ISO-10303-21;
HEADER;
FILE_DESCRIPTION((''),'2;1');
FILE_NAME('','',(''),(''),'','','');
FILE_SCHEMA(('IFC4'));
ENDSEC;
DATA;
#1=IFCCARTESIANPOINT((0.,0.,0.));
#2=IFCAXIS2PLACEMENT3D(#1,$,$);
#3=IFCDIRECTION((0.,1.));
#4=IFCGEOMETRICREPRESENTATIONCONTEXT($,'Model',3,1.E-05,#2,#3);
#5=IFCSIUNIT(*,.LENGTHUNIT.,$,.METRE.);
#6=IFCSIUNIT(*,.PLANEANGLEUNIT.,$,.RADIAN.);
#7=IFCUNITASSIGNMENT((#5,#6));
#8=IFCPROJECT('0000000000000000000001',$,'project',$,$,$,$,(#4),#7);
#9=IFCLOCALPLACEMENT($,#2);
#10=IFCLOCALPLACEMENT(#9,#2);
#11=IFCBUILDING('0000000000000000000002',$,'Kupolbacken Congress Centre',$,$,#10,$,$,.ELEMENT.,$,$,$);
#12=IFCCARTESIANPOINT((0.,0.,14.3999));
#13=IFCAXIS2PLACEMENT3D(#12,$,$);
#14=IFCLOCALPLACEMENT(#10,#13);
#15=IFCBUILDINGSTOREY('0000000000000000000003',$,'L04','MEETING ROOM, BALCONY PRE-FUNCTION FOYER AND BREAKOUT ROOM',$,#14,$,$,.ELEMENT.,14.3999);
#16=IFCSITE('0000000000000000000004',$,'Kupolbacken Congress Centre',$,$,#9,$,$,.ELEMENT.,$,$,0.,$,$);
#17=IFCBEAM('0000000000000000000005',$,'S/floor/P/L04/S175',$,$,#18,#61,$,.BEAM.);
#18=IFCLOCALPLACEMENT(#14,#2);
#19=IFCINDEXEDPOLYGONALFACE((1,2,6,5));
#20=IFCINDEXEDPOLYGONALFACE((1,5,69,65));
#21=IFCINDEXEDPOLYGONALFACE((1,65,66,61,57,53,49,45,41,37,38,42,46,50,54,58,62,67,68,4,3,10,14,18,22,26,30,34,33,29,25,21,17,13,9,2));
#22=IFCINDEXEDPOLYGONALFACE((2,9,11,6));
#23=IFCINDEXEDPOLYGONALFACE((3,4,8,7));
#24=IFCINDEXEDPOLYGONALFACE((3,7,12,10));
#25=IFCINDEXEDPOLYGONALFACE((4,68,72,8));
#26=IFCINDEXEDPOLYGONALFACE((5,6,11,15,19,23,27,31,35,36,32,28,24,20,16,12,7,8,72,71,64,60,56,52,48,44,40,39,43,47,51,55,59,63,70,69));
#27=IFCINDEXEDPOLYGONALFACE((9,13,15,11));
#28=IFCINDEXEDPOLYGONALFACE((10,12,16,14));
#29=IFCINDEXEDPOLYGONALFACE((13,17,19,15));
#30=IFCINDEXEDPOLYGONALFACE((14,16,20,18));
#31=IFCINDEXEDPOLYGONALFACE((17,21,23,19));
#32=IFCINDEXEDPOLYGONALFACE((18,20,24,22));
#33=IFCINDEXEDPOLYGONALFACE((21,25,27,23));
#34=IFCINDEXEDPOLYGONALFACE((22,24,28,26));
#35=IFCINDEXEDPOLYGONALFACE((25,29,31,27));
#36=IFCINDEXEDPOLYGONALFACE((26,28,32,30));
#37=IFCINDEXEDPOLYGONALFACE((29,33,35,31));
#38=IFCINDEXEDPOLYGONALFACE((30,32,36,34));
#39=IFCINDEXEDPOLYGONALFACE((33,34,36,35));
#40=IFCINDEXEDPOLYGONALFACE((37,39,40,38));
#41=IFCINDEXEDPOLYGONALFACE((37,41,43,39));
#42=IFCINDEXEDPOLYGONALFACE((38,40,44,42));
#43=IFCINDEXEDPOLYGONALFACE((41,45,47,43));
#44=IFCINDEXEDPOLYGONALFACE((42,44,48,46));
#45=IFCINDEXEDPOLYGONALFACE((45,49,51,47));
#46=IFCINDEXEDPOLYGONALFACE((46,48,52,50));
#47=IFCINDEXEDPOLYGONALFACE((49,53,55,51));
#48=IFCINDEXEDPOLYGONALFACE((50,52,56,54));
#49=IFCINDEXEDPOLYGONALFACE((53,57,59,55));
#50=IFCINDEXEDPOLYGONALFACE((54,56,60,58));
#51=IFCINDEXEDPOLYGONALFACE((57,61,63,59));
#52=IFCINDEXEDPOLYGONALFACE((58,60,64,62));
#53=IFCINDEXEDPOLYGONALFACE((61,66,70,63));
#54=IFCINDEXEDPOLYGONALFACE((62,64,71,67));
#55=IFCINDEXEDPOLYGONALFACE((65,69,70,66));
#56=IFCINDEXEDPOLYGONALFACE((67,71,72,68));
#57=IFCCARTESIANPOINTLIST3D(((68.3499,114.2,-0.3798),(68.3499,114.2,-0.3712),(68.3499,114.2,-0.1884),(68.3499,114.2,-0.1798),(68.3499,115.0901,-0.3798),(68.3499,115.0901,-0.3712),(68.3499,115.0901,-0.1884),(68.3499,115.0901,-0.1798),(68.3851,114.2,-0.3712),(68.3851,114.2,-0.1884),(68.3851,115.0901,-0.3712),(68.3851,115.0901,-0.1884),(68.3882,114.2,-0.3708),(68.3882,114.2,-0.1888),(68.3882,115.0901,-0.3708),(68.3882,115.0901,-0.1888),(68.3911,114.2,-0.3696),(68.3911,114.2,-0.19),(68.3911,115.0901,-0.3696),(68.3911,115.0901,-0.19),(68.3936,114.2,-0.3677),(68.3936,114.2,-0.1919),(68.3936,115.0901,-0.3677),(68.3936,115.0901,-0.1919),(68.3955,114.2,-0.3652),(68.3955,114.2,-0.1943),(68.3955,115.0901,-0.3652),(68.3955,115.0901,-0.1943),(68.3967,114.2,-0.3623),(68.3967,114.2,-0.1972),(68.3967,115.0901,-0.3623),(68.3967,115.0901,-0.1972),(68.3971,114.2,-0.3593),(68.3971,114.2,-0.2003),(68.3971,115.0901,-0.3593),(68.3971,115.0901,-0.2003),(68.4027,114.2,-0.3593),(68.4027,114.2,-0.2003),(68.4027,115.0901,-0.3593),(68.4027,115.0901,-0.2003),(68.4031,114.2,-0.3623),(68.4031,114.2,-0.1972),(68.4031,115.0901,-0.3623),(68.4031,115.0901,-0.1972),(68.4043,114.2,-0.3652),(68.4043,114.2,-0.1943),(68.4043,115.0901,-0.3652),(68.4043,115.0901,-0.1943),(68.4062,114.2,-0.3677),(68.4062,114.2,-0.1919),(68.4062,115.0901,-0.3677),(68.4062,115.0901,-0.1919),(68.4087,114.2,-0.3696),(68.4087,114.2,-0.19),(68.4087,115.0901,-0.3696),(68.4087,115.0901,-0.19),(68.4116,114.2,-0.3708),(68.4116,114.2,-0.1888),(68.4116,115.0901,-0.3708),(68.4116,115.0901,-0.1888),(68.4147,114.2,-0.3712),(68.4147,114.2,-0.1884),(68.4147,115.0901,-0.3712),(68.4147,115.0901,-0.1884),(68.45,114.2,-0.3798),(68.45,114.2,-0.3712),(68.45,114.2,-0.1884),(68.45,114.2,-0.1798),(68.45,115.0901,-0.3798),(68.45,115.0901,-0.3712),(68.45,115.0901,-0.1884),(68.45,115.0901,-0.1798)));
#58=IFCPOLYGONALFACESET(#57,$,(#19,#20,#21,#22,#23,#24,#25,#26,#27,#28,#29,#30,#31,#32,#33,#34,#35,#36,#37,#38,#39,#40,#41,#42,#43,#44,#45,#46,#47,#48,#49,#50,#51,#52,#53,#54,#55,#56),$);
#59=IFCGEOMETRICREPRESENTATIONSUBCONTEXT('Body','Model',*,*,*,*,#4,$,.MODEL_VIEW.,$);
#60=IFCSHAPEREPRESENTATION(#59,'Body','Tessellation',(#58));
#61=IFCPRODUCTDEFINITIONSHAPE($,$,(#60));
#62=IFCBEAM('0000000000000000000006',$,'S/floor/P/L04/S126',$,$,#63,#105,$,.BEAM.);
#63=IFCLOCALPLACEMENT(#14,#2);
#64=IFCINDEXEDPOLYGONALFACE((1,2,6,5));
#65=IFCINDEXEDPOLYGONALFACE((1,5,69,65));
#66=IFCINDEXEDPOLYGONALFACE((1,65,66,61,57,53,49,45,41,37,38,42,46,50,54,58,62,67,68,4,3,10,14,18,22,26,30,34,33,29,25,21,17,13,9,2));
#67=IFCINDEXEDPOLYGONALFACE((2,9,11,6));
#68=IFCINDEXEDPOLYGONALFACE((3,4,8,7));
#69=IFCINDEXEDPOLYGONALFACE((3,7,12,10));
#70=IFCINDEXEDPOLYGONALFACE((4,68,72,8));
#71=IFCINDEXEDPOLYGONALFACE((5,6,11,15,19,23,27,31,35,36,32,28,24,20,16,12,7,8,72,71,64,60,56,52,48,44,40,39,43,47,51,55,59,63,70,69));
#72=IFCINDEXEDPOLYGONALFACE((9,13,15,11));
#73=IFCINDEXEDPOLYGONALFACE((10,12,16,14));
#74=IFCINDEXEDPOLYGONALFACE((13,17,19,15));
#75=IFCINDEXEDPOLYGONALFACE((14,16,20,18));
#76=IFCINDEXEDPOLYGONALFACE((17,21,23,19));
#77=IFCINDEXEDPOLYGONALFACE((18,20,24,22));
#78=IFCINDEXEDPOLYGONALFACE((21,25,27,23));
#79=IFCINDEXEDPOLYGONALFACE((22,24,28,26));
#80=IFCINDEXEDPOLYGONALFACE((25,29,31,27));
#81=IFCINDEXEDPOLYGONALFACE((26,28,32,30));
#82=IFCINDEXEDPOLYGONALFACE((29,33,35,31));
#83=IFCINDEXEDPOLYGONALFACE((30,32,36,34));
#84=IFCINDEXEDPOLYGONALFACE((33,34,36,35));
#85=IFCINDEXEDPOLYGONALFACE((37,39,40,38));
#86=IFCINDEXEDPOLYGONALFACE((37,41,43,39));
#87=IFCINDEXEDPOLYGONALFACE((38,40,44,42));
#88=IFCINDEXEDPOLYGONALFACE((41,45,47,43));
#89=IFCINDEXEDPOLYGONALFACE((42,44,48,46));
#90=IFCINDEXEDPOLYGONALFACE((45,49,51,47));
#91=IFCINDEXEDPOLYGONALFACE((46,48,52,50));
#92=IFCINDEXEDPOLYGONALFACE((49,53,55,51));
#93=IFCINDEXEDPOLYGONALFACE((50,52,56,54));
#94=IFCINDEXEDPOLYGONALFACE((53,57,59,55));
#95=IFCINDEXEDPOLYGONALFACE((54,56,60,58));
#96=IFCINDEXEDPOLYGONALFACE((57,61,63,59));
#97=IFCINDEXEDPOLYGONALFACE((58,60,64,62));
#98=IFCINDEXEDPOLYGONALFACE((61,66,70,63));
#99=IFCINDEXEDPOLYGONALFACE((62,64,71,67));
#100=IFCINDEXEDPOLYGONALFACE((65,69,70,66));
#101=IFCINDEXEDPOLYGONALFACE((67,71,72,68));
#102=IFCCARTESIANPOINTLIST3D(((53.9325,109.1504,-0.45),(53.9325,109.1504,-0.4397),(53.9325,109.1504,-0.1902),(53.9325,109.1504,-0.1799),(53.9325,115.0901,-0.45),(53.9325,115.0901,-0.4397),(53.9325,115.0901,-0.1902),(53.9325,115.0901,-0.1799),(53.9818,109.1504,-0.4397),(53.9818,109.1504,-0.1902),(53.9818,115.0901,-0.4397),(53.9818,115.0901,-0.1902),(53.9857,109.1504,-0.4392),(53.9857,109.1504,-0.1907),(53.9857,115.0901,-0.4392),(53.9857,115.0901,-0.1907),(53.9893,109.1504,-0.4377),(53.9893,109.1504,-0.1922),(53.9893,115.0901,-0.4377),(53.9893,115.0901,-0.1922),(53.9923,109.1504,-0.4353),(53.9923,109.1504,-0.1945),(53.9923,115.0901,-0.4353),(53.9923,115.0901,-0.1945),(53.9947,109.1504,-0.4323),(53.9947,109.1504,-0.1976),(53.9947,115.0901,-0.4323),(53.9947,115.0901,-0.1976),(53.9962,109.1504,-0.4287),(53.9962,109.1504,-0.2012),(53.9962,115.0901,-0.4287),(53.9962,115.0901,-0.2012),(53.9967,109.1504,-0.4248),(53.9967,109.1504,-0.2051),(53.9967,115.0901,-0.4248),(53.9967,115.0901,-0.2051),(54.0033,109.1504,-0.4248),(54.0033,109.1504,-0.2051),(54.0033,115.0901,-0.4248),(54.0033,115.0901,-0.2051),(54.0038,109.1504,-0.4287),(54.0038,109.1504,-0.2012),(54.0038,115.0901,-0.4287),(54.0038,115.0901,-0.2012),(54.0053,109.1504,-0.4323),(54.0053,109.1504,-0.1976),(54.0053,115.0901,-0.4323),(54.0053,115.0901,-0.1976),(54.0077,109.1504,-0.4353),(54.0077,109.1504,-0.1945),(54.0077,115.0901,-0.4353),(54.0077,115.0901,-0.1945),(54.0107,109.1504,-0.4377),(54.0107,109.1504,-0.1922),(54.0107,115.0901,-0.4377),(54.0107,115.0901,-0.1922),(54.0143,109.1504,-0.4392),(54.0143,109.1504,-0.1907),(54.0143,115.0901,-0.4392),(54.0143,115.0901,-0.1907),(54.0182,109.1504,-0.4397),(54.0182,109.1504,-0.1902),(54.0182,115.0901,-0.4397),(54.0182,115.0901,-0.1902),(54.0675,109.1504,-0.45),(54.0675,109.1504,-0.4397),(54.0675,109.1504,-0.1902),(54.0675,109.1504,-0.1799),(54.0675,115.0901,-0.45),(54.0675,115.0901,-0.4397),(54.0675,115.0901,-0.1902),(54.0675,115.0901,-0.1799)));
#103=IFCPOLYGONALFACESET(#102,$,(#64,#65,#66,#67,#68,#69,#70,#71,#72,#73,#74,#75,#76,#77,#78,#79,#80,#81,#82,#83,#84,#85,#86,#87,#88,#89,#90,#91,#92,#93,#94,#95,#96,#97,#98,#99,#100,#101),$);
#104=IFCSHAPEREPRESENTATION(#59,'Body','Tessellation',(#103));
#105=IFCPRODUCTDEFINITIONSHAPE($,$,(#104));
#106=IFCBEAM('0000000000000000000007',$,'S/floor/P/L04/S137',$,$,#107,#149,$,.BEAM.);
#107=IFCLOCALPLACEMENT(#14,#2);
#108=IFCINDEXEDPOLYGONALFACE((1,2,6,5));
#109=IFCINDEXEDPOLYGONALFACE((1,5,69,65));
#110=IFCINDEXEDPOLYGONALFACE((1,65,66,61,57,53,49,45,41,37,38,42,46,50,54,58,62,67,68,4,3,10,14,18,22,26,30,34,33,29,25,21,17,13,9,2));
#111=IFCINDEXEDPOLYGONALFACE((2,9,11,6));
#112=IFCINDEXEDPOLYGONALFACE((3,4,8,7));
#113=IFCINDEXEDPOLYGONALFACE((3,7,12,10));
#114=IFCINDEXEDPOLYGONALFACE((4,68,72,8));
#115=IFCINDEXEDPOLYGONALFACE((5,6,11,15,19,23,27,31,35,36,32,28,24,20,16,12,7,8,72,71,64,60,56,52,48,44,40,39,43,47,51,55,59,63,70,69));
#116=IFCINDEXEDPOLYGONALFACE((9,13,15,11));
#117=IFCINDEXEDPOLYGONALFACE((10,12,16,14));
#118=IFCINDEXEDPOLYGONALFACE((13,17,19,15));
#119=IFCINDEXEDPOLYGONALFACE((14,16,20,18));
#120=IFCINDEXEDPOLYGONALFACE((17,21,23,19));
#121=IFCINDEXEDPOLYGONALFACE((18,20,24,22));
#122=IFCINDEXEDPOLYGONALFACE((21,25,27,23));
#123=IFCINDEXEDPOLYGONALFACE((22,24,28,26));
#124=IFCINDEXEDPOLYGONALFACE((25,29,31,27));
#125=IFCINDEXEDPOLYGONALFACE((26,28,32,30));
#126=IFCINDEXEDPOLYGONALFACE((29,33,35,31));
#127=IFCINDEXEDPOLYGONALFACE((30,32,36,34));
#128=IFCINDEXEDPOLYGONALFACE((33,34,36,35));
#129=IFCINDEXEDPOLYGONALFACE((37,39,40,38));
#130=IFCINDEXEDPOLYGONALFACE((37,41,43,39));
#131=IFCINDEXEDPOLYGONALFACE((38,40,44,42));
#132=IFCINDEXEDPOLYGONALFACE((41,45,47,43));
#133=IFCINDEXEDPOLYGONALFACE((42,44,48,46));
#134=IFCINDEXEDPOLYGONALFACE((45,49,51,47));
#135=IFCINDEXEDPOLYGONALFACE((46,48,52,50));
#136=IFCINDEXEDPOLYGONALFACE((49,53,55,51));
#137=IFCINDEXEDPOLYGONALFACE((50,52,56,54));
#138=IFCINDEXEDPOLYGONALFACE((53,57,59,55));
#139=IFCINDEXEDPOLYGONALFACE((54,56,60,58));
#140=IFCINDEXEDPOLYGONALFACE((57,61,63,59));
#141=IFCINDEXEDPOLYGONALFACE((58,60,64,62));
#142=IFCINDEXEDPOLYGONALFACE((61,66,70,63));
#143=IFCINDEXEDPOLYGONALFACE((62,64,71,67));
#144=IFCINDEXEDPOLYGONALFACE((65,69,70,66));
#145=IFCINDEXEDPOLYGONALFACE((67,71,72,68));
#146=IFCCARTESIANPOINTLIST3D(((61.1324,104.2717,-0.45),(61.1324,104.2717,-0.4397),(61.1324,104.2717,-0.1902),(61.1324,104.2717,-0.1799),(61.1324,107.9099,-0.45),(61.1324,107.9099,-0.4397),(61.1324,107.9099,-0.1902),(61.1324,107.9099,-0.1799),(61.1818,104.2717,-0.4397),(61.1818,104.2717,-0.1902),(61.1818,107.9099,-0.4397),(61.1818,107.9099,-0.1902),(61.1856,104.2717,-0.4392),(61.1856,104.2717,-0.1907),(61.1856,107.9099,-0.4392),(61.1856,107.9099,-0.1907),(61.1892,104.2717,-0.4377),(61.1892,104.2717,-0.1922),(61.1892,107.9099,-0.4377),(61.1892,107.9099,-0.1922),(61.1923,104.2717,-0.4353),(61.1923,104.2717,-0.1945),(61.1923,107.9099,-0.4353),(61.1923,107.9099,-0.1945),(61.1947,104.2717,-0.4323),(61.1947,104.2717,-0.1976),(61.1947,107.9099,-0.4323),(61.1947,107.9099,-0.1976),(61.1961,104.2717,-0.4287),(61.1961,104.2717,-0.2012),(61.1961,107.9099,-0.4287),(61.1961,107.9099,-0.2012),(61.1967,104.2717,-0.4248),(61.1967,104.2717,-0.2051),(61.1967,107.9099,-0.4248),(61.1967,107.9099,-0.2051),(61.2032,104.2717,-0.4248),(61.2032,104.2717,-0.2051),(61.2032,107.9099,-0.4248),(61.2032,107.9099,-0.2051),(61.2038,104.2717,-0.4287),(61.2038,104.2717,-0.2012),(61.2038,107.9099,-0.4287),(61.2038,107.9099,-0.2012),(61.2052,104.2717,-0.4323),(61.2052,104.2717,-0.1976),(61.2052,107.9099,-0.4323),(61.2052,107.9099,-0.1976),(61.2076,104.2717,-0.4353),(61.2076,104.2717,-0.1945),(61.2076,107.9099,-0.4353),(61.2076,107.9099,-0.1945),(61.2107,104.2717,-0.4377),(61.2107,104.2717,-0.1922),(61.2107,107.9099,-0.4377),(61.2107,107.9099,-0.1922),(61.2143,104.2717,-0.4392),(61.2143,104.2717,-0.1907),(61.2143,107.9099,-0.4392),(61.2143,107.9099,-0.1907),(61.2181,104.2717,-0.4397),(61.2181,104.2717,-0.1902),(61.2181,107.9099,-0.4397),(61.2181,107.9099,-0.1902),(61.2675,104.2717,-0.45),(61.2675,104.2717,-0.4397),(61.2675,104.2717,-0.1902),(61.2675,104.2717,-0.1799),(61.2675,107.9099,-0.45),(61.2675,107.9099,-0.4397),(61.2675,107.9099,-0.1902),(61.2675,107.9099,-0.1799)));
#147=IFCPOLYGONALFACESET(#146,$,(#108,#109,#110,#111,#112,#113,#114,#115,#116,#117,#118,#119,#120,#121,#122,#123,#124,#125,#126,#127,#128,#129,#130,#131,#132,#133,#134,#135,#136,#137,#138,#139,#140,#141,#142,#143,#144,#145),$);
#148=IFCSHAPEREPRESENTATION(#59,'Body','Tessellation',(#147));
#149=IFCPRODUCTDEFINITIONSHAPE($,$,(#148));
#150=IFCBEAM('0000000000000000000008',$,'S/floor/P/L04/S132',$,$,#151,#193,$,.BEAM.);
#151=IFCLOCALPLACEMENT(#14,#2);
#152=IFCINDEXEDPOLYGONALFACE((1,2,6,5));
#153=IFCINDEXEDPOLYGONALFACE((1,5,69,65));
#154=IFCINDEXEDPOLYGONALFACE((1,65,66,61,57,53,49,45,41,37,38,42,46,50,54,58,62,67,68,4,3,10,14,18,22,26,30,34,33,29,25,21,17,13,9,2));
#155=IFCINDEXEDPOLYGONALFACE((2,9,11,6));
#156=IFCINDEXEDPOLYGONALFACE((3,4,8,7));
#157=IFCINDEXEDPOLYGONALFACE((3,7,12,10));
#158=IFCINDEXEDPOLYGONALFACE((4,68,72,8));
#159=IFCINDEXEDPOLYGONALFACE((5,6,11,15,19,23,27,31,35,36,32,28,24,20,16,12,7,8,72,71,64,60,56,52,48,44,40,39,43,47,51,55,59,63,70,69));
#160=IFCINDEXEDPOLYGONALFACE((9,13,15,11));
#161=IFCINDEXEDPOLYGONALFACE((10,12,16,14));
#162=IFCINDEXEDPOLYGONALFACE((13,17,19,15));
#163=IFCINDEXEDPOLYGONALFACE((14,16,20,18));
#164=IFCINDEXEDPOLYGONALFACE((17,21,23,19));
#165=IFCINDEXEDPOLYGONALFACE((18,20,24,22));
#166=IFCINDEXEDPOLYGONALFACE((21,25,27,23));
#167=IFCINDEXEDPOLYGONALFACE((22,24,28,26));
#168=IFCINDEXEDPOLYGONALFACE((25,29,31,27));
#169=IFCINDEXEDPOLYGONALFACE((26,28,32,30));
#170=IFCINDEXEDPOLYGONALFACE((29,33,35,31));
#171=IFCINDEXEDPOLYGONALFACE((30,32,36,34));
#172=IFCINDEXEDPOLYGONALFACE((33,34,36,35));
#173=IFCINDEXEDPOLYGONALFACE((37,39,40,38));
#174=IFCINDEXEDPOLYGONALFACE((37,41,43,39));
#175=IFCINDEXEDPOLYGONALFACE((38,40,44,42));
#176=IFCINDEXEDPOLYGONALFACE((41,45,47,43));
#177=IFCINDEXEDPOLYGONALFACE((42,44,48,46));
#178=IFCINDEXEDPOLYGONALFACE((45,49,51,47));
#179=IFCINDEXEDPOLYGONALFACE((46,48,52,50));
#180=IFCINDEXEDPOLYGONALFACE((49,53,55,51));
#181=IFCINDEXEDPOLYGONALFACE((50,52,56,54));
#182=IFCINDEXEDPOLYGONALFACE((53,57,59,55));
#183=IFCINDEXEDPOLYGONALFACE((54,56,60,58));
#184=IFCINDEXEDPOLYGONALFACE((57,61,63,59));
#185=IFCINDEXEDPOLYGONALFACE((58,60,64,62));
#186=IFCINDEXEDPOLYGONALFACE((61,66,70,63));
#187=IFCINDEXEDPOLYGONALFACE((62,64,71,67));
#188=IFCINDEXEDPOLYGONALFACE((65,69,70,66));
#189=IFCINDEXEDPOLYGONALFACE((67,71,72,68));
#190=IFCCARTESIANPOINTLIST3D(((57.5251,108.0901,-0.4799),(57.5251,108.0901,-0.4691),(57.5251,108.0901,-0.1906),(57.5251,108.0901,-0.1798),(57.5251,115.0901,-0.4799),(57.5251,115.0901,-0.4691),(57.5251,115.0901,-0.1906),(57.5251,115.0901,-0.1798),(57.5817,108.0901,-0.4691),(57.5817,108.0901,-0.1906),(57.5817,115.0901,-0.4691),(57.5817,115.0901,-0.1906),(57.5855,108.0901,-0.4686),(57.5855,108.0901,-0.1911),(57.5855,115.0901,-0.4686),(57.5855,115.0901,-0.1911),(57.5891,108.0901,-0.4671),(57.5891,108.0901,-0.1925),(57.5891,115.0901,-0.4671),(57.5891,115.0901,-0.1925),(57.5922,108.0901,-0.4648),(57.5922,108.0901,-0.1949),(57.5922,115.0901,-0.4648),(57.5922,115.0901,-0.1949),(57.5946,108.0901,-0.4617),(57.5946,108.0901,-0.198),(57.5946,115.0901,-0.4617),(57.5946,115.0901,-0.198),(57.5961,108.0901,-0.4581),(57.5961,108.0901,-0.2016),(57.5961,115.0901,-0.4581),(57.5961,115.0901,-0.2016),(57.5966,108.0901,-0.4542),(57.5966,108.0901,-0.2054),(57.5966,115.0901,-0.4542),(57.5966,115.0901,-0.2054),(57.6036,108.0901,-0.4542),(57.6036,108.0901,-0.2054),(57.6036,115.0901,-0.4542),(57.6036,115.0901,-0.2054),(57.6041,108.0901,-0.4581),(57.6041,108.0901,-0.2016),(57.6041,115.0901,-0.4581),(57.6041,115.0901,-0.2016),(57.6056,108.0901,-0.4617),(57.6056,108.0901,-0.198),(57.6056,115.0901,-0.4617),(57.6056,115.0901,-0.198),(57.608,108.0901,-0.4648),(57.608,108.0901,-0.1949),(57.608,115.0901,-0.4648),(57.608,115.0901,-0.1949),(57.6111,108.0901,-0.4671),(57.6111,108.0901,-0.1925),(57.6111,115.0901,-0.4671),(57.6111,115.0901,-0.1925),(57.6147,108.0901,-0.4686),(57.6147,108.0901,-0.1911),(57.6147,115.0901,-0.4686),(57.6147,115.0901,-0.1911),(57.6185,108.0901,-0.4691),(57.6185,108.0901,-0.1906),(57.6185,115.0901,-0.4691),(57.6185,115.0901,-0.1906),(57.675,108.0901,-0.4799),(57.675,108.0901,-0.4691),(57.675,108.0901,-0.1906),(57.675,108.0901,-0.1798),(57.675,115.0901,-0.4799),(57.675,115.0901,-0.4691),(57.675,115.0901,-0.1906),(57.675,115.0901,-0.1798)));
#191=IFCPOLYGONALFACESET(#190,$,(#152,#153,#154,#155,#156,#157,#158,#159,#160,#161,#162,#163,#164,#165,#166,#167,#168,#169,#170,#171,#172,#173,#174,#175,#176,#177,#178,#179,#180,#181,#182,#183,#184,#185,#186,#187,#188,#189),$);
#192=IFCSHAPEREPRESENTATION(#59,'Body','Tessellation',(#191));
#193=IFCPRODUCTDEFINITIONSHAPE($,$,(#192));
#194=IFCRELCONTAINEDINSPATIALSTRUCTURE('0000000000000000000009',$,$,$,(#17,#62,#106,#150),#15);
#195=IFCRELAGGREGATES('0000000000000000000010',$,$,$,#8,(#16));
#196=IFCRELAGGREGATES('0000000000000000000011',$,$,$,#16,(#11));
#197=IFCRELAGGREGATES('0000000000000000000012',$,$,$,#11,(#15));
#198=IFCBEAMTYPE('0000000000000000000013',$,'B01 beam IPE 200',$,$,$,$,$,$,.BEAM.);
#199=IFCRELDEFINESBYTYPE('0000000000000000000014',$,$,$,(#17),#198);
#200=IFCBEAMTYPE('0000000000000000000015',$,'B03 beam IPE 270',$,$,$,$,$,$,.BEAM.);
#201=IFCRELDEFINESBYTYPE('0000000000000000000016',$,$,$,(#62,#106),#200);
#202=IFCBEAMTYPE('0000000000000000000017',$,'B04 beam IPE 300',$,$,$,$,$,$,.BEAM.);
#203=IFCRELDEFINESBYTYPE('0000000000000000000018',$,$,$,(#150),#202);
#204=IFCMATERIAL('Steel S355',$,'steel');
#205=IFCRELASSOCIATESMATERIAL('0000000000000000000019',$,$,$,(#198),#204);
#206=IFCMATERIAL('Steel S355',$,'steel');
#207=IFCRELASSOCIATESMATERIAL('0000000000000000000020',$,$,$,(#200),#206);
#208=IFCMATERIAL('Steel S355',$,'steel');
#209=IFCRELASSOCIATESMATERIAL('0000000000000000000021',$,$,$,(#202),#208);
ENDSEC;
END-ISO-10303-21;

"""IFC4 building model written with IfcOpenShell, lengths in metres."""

from ifc_helpers import new_model, si_unit, direction, frame, origin, origin_2d, place, context, subcontext, project, spatial, i_section, extrude, material, material_profile, profile_set, type_object, element, save


model = new_model("IFC4")

# Units and contexts
model_context = context("Model", 3, precision=1e-05, world=origin(), true_north=direction((0.0, 1.0)))
body_context = subcontext(model_context, "Body", "Model", "MODEL_VIEW")
ifc_project = project(units=[si_unit("LENGTHUNIT", "METRE"), si_unit("PLANEANGLEUNIT", "RADIAN")], contexts=[model_context])

# Site, building, storey
site_placement = place(None, origin())
site = spatial("IfcSite", under=ifc_project, at=site_placement, Name="Kupolbacken Congress Centre", CompositionType="ELEMENT", RefElevation=0.0)
building_placement = place(site_placement, origin())
building = spatial("IfcBuilding", under=site, at=building_placement, Name="Kupolbacken Congress Centre", CompositionType="ELEMENT")
storey_placement = place(building_placement, frame((0.0, 0.0, 14.3999)))
storey = spatial("IfcBuildingStorey", under=building, at=storey_placement, Name="L04", Description="MEETING ROOM, BALCONY PRE-FUNCTION FOYER AND BREAKOUT ROOM", CompositionType="ELEMENT", Elevation=14.3999)

# Beams
ifc_material_1 = material(Name="Steel S355", Category="steel")
ifc_material_profile_1 = material_profile(ifc_material_1, i_section(OverallWidth=0.1001, OverallDepth=0.2, WebThickness=0.0056, FlangeThickness=0.0085, FilletRadius=0.012, at=origin_2d()), Name="IPE 200")
ifc_profile_set_1 = profile_set([ifc_material_profile_1], Name="Steel S355")
beam_type_1 = type_object("IfcBeamType", Name="B01 beam IPE 200", PredefinedType="BEAM", material=ifc_profile_set_1)
beam_1_placement = place(storey_placement, frame((68.3999, 114.2, -0.2798), z_axis=(0.0, 1.0, 0.0), x_axis=(-1.0, 0.0, 0.0)))
element("IfcBeam", 1, at=beam_1_placement, inside=storey, type_object=beam_type_1, Name="S/floor/P/L04/S175", PredefinedType="BEAM", context=body_context, shape_type="SweptSolid", body=[
    extrude(i_section(OverallWidth=0.1001, OverallDepth=0.2, WebThickness=0.0056, FlangeThickness=0.0085, FilletRadius=0.012, at=origin_2d()), origin(), (0.0, 0.0, 1.0), 0.8901),
])
ifc_material_2 = material(Name="Steel S355", Category="steel")
ifc_material_profile_2 = material_profile(ifc_material_2, i_section(OverallWidth=0.135, OverallDepth=0.27, WebThickness=0.0066, FlangeThickness=0.0103, FilletRadius=0.0149, at=origin_2d()), Name="IPE 270")
ifc_profile_set_2 = profile_set([ifc_material_profile_2], Name="Steel S355")
beam_type_2 = type_object("IfcBeamType", Name="B03 beam IPE 270", PredefinedType="BEAM", material=ifc_profile_set_2)
beam_2_placement = place(storey_placement, frame((54.0, 109.1504, -0.3149), z_axis=(0.0, 1.0, 0.0), x_axis=(-1.0, 0.0, 0.0)))
element("IfcBeam", 2, at=beam_2_placement, inside=storey, type_object=beam_type_2, Name="S/floor/P/L04/S126", PredefinedType="BEAM", context=body_context, shape_type="SweptSolid", body=[
    extrude(i_section(OverallWidth=0.135, OverallDepth=0.27, WebThickness=0.0066, FlangeThickness=0.0103, FilletRadius=0.0149, at=origin_2d()), origin(), (0.0, 0.0, 1.0), 5.9397),
])
beam_3_placement = place(storey_placement, frame((61.2, 104.2717, -0.3149), z_axis=(0.0, 1.0, 0.0), x_axis=(-1.0, 0.0, 0.0)))
element("IfcBeam", 3, at=beam_3_placement, inside=storey, type_object=beam_type_2, Name="S/floor/P/L04/S137", PredefinedType="BEAM", context=body_context, shape_type="SweptSolid", body=[
    extrude(i_section(OverallWidth=0.135, OverallDepth=0.27, WebThickness=0.0066, FlangeThickness=0.0103, FilletRadius=0.0149, at=origin_2d()), origin(), (0.0, 0.0, 1.0), 3.6382),
])
ifc_material_3 = material(Name="Steel S355", Category="steel")
ifc_material_profile_3 = material_profile(ifc_material_3, i_section(OverallWidth=0.1499, OverallDepth=0.3, WebThickness=0.0071, FlangeThickness=0.0107, FilletRadius=0.0149, at=origin_2d()), Name="IPE 300")
ifc_profile_set_3 = profile_set([ifc_material_profile_3], Name="Steel S355")
beam_type_3 = type_object("IfcBeamType", Name="B04 beam IPE 300", PredefinedType="BEAM", material=ifc_profile_set_3)
for number, where, z_axis, x_axis, name in (
    (4, (57.6001, 108.0901, -0.3298), (0.0, 1.0, 0.0), (-1.0, 0.0, 0.0), "S/floor/P/L04/S132"),
):
    element("IfcBeam", number, at=place(storey_placement, frame(where, z_axis=z_axis, x_axis=x_axis)), inside=storey, type_object=beam_type_3, Name=name, PredefinedType="BEAM", context=body_context, shape_type="SweptSolid", body=[
        extrude(i_section(OverallWidth=0.1499, OverallDepth=0.3, WebThickness=0.0071, FlangeThickness=0.0107, FilletRadius=0.0149, at=origin_2d()), origin(), (0.0, 0.0, 1.0), 7.0),
    ])

save(model, "model.ifc")
